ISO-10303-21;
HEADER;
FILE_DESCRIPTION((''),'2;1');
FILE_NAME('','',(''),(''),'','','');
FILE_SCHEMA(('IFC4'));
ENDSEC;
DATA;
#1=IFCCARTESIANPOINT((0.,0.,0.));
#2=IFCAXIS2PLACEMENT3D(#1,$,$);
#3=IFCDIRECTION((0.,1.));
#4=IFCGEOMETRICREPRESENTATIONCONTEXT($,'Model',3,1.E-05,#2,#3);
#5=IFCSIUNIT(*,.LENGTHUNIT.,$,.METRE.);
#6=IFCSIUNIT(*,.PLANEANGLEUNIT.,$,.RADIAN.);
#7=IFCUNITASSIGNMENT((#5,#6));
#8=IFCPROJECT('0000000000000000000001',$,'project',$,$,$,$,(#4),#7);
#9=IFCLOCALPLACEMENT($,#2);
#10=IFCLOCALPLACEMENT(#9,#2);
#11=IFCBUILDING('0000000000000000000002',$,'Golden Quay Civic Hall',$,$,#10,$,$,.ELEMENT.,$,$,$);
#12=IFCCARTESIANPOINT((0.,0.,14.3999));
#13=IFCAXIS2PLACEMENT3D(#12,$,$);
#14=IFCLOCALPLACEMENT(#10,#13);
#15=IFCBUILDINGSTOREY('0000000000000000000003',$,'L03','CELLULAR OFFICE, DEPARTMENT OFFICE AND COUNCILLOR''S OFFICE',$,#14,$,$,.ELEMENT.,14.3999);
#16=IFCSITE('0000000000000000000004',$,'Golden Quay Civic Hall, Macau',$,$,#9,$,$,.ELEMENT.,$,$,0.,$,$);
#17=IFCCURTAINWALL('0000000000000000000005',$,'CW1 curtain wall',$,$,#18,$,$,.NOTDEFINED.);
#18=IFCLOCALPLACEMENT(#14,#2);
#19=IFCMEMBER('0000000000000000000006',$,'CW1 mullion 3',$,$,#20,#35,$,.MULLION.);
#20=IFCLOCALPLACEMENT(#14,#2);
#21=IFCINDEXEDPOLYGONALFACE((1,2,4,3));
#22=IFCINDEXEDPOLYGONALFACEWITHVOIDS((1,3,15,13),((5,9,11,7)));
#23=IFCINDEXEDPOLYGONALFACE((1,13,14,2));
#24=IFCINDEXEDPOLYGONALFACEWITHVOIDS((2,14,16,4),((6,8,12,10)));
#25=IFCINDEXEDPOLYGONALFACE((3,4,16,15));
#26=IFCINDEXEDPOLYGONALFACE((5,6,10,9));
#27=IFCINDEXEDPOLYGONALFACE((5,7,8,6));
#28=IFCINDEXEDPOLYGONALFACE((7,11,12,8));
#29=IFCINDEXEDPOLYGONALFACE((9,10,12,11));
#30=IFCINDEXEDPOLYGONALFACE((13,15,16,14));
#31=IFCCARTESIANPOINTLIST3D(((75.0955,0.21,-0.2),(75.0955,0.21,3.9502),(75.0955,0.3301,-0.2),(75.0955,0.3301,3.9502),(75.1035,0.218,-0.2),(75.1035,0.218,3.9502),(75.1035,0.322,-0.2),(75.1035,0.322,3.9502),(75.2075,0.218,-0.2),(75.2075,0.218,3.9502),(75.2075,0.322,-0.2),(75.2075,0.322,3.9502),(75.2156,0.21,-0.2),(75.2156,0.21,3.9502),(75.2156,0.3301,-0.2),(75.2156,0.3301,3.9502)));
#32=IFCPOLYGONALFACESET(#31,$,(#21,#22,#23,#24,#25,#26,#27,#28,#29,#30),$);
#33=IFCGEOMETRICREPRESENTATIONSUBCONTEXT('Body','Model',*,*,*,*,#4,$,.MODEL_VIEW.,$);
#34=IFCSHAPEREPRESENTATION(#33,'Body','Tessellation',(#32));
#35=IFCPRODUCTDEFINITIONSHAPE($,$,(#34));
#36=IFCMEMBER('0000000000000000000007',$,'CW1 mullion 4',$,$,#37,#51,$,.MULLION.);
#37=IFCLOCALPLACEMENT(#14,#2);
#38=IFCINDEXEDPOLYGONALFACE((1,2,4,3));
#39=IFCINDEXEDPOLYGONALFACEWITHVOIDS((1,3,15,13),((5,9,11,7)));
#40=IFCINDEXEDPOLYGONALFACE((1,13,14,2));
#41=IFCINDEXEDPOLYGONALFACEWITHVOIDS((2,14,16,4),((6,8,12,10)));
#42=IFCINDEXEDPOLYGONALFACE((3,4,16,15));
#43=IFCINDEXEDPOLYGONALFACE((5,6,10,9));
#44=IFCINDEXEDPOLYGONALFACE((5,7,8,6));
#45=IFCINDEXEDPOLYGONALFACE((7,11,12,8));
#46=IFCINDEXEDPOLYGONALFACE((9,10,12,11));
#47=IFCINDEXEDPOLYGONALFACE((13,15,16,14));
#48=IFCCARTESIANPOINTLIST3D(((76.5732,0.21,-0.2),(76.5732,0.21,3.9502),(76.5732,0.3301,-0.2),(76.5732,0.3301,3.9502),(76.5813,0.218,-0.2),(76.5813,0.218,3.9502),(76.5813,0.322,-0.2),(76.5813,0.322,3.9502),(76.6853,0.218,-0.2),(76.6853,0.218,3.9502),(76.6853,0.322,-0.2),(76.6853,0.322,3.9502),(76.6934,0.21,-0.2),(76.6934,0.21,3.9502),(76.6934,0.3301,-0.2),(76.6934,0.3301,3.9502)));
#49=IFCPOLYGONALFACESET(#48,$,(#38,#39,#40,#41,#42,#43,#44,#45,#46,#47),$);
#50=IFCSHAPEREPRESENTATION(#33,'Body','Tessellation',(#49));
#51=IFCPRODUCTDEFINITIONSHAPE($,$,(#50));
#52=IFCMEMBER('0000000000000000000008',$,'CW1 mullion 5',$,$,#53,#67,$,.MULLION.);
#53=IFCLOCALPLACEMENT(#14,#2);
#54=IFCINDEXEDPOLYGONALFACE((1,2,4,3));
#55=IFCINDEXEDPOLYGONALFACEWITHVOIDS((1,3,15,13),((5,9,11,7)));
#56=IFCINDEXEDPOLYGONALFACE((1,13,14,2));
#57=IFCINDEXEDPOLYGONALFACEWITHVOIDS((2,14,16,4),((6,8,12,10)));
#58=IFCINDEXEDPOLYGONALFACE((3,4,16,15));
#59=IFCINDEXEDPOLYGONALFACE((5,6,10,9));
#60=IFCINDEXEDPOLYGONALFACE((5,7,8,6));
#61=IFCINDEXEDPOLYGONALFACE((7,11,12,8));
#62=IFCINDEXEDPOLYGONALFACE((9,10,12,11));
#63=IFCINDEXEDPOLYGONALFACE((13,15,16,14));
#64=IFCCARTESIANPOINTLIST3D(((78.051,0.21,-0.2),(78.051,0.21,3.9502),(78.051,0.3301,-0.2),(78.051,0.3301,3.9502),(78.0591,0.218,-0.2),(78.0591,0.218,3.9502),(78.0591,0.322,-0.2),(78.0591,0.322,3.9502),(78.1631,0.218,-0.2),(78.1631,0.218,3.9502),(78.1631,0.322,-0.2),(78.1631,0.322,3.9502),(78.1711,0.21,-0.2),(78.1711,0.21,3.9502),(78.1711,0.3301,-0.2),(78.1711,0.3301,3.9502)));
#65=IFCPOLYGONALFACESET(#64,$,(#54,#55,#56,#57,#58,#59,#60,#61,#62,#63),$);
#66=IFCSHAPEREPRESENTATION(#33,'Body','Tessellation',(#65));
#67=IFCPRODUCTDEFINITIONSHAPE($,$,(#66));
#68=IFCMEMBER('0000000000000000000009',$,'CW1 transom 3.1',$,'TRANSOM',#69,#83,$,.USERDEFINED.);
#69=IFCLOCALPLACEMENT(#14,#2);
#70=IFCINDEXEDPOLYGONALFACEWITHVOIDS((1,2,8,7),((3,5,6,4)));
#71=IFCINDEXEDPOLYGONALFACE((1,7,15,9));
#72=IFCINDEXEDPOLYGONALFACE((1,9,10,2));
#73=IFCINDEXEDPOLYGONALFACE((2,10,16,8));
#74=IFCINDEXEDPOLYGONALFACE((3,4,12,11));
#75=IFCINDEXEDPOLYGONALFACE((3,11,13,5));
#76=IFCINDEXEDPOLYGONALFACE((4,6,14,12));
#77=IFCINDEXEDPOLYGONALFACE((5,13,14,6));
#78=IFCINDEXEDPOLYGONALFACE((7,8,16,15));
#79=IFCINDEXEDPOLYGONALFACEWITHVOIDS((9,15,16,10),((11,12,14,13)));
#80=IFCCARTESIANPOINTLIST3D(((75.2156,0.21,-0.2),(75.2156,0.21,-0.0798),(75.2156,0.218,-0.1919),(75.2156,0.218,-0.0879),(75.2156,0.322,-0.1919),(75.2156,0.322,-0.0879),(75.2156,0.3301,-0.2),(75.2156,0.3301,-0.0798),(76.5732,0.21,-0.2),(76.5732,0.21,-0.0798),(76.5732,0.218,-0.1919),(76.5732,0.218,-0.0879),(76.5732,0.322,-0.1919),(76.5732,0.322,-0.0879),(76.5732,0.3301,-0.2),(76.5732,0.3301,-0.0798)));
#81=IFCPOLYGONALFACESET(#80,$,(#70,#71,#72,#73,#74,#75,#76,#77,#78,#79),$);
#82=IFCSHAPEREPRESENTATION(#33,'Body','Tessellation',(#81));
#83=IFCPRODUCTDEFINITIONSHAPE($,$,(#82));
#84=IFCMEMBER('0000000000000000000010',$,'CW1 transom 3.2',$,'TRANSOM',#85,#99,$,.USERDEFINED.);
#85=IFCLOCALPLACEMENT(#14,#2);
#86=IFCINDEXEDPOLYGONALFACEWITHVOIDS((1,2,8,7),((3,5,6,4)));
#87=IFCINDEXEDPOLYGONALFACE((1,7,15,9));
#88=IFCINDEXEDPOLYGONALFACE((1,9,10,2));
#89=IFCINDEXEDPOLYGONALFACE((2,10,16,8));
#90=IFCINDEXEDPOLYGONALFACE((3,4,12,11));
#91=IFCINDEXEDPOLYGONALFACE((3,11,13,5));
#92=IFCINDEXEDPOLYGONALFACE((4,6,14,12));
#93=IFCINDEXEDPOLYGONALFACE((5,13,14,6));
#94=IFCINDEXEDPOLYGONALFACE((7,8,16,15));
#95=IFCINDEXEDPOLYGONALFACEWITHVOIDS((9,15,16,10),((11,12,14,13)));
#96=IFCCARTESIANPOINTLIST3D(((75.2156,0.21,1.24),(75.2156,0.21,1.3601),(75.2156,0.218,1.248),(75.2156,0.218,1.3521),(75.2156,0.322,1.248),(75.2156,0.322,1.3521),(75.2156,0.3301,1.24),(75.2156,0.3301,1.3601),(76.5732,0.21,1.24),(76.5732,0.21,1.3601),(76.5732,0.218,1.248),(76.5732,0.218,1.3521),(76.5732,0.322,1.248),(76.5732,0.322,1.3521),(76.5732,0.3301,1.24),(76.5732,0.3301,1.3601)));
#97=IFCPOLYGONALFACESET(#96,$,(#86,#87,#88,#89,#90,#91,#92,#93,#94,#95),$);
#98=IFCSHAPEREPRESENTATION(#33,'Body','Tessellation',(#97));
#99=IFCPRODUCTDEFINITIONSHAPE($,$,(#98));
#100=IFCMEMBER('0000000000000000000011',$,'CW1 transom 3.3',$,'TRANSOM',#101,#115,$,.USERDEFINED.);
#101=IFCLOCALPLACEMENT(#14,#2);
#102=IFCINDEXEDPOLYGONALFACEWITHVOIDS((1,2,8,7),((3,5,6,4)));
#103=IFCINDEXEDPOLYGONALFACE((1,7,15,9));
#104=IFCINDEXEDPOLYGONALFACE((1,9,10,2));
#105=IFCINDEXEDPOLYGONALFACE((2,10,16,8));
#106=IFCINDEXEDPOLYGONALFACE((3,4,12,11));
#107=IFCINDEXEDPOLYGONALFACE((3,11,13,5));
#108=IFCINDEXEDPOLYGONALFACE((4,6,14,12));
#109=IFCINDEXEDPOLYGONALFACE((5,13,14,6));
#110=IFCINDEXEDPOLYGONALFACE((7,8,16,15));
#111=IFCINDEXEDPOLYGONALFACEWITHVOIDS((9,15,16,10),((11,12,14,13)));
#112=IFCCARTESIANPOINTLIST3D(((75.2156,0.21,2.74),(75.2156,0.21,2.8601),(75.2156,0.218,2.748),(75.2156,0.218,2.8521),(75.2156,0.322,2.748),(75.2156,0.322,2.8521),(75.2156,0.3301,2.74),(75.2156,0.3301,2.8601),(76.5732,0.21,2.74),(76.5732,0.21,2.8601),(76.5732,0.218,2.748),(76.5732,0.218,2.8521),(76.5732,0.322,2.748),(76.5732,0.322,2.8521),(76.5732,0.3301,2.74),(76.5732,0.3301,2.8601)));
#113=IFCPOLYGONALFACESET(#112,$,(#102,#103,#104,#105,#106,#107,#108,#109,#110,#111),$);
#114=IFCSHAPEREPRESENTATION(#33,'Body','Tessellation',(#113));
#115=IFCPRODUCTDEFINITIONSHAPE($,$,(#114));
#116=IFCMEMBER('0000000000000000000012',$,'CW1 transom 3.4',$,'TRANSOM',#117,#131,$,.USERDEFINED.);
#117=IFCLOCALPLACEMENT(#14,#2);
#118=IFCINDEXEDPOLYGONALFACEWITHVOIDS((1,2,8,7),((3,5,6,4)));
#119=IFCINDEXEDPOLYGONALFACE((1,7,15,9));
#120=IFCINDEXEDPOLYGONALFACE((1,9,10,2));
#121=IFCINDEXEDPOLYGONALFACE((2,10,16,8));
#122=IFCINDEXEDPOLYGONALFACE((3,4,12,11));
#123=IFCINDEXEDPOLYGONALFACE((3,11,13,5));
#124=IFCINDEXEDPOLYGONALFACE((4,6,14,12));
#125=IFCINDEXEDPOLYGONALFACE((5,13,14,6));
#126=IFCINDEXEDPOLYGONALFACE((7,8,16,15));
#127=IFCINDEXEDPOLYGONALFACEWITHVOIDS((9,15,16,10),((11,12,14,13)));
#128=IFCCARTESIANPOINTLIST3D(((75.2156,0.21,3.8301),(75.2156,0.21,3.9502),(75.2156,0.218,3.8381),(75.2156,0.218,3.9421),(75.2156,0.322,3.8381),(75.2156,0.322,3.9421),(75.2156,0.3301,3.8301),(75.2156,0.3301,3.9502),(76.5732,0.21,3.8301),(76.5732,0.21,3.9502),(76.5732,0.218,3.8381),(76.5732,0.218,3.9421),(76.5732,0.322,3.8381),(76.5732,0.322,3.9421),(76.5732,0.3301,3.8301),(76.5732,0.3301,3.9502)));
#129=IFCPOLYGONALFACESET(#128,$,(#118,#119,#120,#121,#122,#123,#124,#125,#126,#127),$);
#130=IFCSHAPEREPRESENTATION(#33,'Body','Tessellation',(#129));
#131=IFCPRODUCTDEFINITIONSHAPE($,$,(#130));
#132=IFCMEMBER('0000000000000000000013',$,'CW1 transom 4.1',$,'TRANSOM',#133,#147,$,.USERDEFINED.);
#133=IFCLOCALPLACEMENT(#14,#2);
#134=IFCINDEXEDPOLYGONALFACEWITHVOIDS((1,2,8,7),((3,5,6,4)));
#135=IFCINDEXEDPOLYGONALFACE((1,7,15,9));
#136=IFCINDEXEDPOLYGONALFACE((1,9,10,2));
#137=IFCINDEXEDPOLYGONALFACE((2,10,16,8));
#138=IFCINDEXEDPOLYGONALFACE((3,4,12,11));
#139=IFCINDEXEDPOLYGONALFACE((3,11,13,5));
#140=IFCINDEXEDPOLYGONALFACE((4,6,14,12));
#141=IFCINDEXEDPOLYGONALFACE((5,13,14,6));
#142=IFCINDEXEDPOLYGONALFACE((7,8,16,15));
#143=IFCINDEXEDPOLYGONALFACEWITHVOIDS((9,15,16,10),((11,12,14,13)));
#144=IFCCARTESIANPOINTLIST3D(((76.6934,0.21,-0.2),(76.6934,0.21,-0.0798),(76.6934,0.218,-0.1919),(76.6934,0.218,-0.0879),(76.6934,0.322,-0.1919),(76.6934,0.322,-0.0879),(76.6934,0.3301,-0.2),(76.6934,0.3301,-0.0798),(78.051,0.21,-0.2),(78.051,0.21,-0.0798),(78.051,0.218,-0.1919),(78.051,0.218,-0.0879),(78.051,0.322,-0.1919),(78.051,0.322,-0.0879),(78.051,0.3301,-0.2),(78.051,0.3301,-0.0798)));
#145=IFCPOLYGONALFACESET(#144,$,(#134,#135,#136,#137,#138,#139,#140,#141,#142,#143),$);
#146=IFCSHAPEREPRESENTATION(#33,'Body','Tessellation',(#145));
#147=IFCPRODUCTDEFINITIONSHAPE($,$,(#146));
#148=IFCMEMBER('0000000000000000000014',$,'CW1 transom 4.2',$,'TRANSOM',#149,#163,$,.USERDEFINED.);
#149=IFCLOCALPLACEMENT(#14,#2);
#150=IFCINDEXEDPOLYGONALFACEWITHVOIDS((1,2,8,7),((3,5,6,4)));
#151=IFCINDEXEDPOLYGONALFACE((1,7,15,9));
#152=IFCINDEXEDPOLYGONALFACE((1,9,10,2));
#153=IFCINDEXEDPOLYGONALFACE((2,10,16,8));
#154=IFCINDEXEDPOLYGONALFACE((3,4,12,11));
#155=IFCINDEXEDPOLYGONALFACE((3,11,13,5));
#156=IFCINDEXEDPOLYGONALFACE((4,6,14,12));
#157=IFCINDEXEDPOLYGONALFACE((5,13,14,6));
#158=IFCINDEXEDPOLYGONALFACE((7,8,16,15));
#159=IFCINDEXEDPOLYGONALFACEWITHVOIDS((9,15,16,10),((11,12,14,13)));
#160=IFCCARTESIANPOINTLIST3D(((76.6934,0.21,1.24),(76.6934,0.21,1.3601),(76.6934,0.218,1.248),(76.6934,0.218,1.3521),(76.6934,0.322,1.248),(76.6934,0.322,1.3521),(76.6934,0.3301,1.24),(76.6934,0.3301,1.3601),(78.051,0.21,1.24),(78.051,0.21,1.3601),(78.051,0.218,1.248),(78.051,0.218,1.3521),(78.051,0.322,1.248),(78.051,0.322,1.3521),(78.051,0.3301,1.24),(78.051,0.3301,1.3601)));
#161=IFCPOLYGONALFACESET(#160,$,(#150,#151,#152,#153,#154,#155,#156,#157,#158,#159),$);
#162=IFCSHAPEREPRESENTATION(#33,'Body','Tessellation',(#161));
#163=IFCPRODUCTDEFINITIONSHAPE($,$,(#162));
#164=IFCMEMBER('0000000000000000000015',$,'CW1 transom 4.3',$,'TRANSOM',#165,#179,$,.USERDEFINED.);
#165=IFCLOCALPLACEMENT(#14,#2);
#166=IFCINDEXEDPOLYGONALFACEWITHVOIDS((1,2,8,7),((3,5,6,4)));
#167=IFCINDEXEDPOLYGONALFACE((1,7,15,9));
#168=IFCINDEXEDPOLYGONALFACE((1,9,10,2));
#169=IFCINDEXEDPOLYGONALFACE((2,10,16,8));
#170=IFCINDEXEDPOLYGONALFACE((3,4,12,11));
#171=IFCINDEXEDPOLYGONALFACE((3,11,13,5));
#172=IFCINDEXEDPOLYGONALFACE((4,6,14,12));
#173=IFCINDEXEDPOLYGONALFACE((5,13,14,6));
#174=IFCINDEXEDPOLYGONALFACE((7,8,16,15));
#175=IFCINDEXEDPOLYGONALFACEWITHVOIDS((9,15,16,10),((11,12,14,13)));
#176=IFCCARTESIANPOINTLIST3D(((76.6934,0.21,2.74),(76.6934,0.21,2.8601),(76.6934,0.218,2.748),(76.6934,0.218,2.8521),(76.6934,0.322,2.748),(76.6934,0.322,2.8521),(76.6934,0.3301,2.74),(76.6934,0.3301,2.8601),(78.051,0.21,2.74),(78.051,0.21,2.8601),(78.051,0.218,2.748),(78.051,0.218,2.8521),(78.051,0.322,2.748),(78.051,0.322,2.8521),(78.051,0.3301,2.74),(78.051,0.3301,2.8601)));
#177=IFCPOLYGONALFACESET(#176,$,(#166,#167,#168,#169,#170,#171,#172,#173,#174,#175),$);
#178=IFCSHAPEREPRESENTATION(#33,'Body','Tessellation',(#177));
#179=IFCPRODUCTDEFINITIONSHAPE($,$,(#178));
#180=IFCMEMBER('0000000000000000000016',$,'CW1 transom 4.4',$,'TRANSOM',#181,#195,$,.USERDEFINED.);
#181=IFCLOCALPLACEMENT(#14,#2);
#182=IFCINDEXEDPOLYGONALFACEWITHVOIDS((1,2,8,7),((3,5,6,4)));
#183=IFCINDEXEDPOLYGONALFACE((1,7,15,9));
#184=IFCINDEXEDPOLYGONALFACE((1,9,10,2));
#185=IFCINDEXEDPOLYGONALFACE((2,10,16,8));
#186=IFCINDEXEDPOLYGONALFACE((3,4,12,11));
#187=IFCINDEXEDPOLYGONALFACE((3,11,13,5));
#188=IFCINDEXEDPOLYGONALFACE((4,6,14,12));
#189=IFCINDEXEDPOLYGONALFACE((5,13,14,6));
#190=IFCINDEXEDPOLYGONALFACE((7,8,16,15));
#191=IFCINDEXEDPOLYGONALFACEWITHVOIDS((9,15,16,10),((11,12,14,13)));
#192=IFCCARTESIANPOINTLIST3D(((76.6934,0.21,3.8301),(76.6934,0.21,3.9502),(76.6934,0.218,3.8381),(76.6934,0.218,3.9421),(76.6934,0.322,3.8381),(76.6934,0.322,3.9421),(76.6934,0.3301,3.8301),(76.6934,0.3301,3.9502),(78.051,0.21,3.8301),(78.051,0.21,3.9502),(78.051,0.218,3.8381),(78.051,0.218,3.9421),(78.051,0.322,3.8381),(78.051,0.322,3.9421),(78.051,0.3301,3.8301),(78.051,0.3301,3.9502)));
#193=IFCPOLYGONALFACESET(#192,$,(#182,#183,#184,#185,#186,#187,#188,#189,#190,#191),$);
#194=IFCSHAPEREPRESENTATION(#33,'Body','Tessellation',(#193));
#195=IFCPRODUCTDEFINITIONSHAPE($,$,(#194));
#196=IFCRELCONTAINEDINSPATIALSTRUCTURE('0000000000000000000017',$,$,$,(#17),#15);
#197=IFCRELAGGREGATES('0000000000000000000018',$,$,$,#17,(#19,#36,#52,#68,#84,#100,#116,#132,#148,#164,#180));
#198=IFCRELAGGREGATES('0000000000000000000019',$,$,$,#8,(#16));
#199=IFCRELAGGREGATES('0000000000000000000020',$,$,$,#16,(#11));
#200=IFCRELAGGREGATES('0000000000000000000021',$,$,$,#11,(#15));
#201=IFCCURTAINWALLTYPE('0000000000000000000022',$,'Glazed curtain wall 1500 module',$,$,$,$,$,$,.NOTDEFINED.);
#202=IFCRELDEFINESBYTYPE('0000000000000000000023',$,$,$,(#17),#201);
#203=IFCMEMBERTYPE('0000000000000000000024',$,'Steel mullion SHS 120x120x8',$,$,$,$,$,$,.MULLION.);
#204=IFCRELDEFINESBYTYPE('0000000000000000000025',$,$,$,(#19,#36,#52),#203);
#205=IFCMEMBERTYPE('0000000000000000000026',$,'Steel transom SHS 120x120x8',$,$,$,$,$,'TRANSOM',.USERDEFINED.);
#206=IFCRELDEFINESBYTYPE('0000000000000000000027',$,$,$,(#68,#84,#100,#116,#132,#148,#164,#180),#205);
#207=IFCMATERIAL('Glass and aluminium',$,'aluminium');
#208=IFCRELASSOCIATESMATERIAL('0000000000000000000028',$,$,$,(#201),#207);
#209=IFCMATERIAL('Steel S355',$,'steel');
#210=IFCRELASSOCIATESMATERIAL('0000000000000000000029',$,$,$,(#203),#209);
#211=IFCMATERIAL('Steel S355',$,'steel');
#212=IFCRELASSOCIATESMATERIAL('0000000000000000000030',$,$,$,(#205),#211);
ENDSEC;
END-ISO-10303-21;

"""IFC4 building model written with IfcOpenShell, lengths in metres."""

from ifc_helpers import new_model, si_unit, direction, frame, origin, origin_2d, place, context, subcontext, project, spatial, hollow_rectangle, extrude, material, material_profile, profile_set, type_object, element, aggregate, save


model = new_model("IFC4")

# Units and contexts
model_context = context("Model", 3, precision=1e-05, world=origin(), true_north=direction((0.0, 1.0)))
body_context = subcontext(model_context, "Body", "Model", "MODEL_VIEW")
ifc_project = project(units=[si_unit("LENGTHUNIT", "METRE"), si_unit("PLANEANGLEUNIT", "RADIAN")], contexts=[model_context])

# Site, building, storey
site_placement = place(None, origin())
site = spatial("IfcSite", under=ifc_project, at=site_placement, Name="Golden Quay Civic Hall, Macau", CompositionType="ELEMENT", RefElevation=0.0)
building_placement = place(site_placement, origin())
building = spatial("IfcBuilding", under=site, at=building_placement, Name="Golden Quay Civic Hall", CompositionType="ELEMENT")
storey_placement = place(building_placement, frame((0.0, 0.0, 14.3999)))
storey = spatial("IfcBuildingStorey", under=building, at=storey_placement, Name="L03", Description="CELLULAR OFFICE, DEPARTMENT OFFICE AND COUNCILLOR'S OFFICE", CompositionType="ELEMENT", Elevation=14.3999)

# Curtain wall, members
ifc_material_1 = material(Name="Glass and aluminium", Category="aluminium")
curtain_wall_type = type_object("IfcCurtainWallType", Name="Glazed curtain wall 1500 module", PredefinedType="NOTDEFINED", material=ifc_material_1)
curtain_wall_placement = place(storey_placement, origin())
curtain_wall = element("IfcCurtainWall", 1, at=curtain_wall_placement, inside=storey, type_object=curtain_wall_type, Name="CW1 curtain wall", PredefinedType="NOTDEFINED")
ifc_material_2 = material(Name="Steel S355", Category="steel")
ifc_material_profile_1 = material_profile(ifc_material_2, hollow_rectangle(XDim=0.1201, YDim=0.1201, WallThickness=0.0081, at=origin_2d()), Name="SHS 120x120x8")
ifc_profile_set_1 = profile_set([ifc_material_profile_1], Name="Steel S355")
member_type_1 = type_object("IfcMemberType", Name="Steel mullion SHS 120x120x8", PredefinedType="MULLION", material=ifc_profile_set_1)
member_1_placement = place(storey_placement, frame((75.1555, 0.27, -0.2), z_axis=(0.0, 0.0, 1.0), x_axis=(0.0, 1.0, 0.0)))
member_1 = element("IfcMember", 2, at=member_1_placement, type_object=member_type_1, Name="CW1 mullion 3", PredefinedType="MULLION", context=body_context, shape_type="SweptSolid", body=[
    extrude(hollow_rectangle(XDim=0.1201, YDim=0.1201, WallThickness=0.0081, at=origin_2d()), origin(), (0.0, 0.0, 1.0), 4.1501),
])
member_2_placement = place(storey_placement, frame((76.6333, 0.27, -0.2), z_axis=(0.0, 0.0, 1.0), x_axis=(0.0, 1.0, 0.0)))
member_2 = element("IfcMember", 3, at=member_2_placement, type_object=member_type_1, Name="CW1 mullion 4", PredefinedType="MULLION", context=body_context, shape_type="SweptSolid", body=[
    extrude(hollow_rectangle(XDim=0.1201, YDim=0.1201, WallThickness=0.0081, at=origin_2d()), origin(), (0.0, 0.0, 1.0), 4.1501),
])
member_3_placement = place(storey_placement, frame((78.1111, 0.27, -0.2), z_axis=(0.0, 0.0, 1.0), x_axis=(0.0, 1.0, 0.0)))
member_3 = element("IfcMember", 4, at=member_3_placement, type_object=member_type_1, Name="CW1 mullion 5", PredefinedType="MULLION", context=body_context, shape_type="SweptSolid", body=[
    extrude(hollow_rectangle(XDim=0.1201, YDim=0.1201, WallThickness=0.0081, at=origin_2d()), origin(), (0.0, 0.0, 1.0), 4.1501),
])
ifc_material_3 = material(Name="Steel S355", Category="steel")
ifc_material_profile_2 = material_profile(ifc_material_3, hollow_rectangle(XDim=0.1201, YDim=0.1201, WallThickness=0.0081, at=origin_2d()), Name="SHS 120x120x8")
ifc_profile_set_2 = profile_set([ifc_material_profile_2], Name="Steel S355")
member_type_2 = type_object("IfcMemberType", Name="Steel transom SHS 120x120x8", ElementType="TRANSOM", PredefinedType="USERDEFINED", material=ifc_profile_set_2)
member_4_placement = place(storey_placement, frame((75.2156, 0.27, -0.1399), z_axis=(1.0, 0.0, 0.0), x_axis=(0.0, 1.0, 0.0)))
member_4 = element("IfcMember", 5, at=member_4_placement, type_object=member_type_2, Name="CW1 transom 3.1", ObjectType="TRANSOM", PredefinedType="USERDEFINED", context=body_context, shape_type="SweptSolid", body=[
    extrude(hollow_rectangle(XDim=0.1201, YDim=0.1201, WallThickness=0.0081, at=origin_2d()), origin(), (0.0, 0.0, 1.0), 1.3577),
])
member_5_placement = place(storey_placement, frame((75.2156, 0.27, 1.3), z_axis=(1.0, 0.0, 0.0), x_axis=(0.0, 1.0, 0.0)))
member_5 = element("IfcMember", 6, at=member_5_placement, type_object=member_type_2, Name="CW1 transom 3.2", ObjectType="TRANSOM", PredefinedType="USERDEFINED", context=body_context, shape_type="SweptSolid", body=[
    extrude(hollow_rectangle(XDim=0.1201, YDim=0.1201, WallThickness=0.0081, at=origin_2d()), origin(), (0.0, 0.0, 1.0), 1.3577),
])
member_6_placement = place(storey_placement, frame((75.2156, 0.27, 2.8), z_axis=(1.0, 0.0, 0.0), x_axis=(0.0, 1.0, 0.0)))
member_6 = element("IfcMember", 7, at=member_6_placement, type_object=member_type_2, Name="CW1 transom 3.3", ObjectType="TRANSOM", PredefinedType="USERDEFINED", context=body_context, shape_type="SweptSolid", body=[
    extrude(hollow_rectangle(XDim=0.1201, YDim=0.1201, WallThickness=0.0081, at=origin_2d()), origin(), (0.0, 0.0, 1.0), 1.3577),
])
member_7_placement = place(storey_placement, frame((75.2156, 0.27, 3.8901), z_axis=(1.0, 0.0, 0.0), x_axis=(0.0, 1.0, 0.0)))
member_7 = element("IfcMember", 8, at=member_7_placement, type_object=member_type_2, Name="CW1 transom 3.4", ObjectType="TRANSOM", PredefinedType="USERDEFINED", context=body_context, shape_type="SweptSolid", body=[
    extrude(hollow_rectangle(XDim=0.1201, YDim=0.1201, WallThickness=0.0081, at=origin_2d()), origin(), (0.0, 0.0, 1.0), 1.3577),
])
member_8_placement = place(storey_placement, frame((76.6934, 0.27, -0.1399), z_axis=(1.0, 0.0, 0.0), x_axis=(0.0, 1.0, 0.0)))
member_8 = element("IfcMember", 9, at=member_8_placement, type_object=member_type_2, Name="CW1 transom 4.1", ObjectType="TRANSOM", PredefinedType="USERDEFINED", context=body_context, shape_type="SweptSolid", body=[
    extrude(hollow_rectangle(XDim=0.1201, YDim=0.1201, WallThickness=0.0081, at=origin_2d()), origin(), (0.0, 0.0, 1.0), 1.3577),
])
member_9_placement = place(storey_placement, frame((76.6934, 0.27, 1.3), z_axis=(1.0, 0.0, 0.0), x_axis=(0.0, 1.0, 0.0)))
member_9 = element("IfcMember", 10, at=member_9_placement, type_object=member_type_2, Name="CW1 transom 4.2", ObjectType="TRANSOM", PredefinedType="USERDEFINED", context=body_context, shape_type="SweptSolid", body=[
    extrude(hollow_rectangle(XDim=0.1201, YDim=0.1201, WallThickness=0.0081, at=origin_2d()), origin(), (0.0, 0.0, 1.0), 1.3577),
])
member_10_placement = place(storey_placement, frame((76.6934, 0.27, 2.8), z_axis=(1.0, 0.0, 0.0), x_axis=(0.0, 1.0, 0.0)))
member_10 = element("IfcMember", 11, at=member_10_placement, type_object=member_type_2, Name="CW1 transom 4.3", ObjectType="TRANSOM", PredefinedType="USERDEFINED", context=body_context, shape_type="SweptSolid", body=[
    extrude(hollow_rectangle(XDim=0.1201, YDim=0.1201, WallThickness=0.0081, at=origin_2d()), origin(), (0.0, 0.0, 1.0), 1.3577),
])
member_11_placement = place(storey_placement, frame((76.6934, 0.27, 3.8901), z_axis=(1.0, 0.0, 0.0), x_axis=(0.0, 1.0, 0.0)))
member_11 = element("IfcMember", 12, at=member_11_placement, type_object=member_type_2, Name="CW1 transom 4.4", ObjectType="TRANSOM", PredefinedType="USERDEFINED", context=body_context, shape_type="SweptSolid", body=[
    extrude(hollow_rectangle(XDim=0.1201, YDim=0.1201, WallThickness=0.0081, at=origin_2d()), origin(), (0.0, 0.0, 1.0), 1.3577),
])
aggregate(curtain_wall, [member_1, member_2, member_3, member_4, member_5, member_6, member_7, member_8, member_9, member_10, member_11])

save(model, "model.ifc")
